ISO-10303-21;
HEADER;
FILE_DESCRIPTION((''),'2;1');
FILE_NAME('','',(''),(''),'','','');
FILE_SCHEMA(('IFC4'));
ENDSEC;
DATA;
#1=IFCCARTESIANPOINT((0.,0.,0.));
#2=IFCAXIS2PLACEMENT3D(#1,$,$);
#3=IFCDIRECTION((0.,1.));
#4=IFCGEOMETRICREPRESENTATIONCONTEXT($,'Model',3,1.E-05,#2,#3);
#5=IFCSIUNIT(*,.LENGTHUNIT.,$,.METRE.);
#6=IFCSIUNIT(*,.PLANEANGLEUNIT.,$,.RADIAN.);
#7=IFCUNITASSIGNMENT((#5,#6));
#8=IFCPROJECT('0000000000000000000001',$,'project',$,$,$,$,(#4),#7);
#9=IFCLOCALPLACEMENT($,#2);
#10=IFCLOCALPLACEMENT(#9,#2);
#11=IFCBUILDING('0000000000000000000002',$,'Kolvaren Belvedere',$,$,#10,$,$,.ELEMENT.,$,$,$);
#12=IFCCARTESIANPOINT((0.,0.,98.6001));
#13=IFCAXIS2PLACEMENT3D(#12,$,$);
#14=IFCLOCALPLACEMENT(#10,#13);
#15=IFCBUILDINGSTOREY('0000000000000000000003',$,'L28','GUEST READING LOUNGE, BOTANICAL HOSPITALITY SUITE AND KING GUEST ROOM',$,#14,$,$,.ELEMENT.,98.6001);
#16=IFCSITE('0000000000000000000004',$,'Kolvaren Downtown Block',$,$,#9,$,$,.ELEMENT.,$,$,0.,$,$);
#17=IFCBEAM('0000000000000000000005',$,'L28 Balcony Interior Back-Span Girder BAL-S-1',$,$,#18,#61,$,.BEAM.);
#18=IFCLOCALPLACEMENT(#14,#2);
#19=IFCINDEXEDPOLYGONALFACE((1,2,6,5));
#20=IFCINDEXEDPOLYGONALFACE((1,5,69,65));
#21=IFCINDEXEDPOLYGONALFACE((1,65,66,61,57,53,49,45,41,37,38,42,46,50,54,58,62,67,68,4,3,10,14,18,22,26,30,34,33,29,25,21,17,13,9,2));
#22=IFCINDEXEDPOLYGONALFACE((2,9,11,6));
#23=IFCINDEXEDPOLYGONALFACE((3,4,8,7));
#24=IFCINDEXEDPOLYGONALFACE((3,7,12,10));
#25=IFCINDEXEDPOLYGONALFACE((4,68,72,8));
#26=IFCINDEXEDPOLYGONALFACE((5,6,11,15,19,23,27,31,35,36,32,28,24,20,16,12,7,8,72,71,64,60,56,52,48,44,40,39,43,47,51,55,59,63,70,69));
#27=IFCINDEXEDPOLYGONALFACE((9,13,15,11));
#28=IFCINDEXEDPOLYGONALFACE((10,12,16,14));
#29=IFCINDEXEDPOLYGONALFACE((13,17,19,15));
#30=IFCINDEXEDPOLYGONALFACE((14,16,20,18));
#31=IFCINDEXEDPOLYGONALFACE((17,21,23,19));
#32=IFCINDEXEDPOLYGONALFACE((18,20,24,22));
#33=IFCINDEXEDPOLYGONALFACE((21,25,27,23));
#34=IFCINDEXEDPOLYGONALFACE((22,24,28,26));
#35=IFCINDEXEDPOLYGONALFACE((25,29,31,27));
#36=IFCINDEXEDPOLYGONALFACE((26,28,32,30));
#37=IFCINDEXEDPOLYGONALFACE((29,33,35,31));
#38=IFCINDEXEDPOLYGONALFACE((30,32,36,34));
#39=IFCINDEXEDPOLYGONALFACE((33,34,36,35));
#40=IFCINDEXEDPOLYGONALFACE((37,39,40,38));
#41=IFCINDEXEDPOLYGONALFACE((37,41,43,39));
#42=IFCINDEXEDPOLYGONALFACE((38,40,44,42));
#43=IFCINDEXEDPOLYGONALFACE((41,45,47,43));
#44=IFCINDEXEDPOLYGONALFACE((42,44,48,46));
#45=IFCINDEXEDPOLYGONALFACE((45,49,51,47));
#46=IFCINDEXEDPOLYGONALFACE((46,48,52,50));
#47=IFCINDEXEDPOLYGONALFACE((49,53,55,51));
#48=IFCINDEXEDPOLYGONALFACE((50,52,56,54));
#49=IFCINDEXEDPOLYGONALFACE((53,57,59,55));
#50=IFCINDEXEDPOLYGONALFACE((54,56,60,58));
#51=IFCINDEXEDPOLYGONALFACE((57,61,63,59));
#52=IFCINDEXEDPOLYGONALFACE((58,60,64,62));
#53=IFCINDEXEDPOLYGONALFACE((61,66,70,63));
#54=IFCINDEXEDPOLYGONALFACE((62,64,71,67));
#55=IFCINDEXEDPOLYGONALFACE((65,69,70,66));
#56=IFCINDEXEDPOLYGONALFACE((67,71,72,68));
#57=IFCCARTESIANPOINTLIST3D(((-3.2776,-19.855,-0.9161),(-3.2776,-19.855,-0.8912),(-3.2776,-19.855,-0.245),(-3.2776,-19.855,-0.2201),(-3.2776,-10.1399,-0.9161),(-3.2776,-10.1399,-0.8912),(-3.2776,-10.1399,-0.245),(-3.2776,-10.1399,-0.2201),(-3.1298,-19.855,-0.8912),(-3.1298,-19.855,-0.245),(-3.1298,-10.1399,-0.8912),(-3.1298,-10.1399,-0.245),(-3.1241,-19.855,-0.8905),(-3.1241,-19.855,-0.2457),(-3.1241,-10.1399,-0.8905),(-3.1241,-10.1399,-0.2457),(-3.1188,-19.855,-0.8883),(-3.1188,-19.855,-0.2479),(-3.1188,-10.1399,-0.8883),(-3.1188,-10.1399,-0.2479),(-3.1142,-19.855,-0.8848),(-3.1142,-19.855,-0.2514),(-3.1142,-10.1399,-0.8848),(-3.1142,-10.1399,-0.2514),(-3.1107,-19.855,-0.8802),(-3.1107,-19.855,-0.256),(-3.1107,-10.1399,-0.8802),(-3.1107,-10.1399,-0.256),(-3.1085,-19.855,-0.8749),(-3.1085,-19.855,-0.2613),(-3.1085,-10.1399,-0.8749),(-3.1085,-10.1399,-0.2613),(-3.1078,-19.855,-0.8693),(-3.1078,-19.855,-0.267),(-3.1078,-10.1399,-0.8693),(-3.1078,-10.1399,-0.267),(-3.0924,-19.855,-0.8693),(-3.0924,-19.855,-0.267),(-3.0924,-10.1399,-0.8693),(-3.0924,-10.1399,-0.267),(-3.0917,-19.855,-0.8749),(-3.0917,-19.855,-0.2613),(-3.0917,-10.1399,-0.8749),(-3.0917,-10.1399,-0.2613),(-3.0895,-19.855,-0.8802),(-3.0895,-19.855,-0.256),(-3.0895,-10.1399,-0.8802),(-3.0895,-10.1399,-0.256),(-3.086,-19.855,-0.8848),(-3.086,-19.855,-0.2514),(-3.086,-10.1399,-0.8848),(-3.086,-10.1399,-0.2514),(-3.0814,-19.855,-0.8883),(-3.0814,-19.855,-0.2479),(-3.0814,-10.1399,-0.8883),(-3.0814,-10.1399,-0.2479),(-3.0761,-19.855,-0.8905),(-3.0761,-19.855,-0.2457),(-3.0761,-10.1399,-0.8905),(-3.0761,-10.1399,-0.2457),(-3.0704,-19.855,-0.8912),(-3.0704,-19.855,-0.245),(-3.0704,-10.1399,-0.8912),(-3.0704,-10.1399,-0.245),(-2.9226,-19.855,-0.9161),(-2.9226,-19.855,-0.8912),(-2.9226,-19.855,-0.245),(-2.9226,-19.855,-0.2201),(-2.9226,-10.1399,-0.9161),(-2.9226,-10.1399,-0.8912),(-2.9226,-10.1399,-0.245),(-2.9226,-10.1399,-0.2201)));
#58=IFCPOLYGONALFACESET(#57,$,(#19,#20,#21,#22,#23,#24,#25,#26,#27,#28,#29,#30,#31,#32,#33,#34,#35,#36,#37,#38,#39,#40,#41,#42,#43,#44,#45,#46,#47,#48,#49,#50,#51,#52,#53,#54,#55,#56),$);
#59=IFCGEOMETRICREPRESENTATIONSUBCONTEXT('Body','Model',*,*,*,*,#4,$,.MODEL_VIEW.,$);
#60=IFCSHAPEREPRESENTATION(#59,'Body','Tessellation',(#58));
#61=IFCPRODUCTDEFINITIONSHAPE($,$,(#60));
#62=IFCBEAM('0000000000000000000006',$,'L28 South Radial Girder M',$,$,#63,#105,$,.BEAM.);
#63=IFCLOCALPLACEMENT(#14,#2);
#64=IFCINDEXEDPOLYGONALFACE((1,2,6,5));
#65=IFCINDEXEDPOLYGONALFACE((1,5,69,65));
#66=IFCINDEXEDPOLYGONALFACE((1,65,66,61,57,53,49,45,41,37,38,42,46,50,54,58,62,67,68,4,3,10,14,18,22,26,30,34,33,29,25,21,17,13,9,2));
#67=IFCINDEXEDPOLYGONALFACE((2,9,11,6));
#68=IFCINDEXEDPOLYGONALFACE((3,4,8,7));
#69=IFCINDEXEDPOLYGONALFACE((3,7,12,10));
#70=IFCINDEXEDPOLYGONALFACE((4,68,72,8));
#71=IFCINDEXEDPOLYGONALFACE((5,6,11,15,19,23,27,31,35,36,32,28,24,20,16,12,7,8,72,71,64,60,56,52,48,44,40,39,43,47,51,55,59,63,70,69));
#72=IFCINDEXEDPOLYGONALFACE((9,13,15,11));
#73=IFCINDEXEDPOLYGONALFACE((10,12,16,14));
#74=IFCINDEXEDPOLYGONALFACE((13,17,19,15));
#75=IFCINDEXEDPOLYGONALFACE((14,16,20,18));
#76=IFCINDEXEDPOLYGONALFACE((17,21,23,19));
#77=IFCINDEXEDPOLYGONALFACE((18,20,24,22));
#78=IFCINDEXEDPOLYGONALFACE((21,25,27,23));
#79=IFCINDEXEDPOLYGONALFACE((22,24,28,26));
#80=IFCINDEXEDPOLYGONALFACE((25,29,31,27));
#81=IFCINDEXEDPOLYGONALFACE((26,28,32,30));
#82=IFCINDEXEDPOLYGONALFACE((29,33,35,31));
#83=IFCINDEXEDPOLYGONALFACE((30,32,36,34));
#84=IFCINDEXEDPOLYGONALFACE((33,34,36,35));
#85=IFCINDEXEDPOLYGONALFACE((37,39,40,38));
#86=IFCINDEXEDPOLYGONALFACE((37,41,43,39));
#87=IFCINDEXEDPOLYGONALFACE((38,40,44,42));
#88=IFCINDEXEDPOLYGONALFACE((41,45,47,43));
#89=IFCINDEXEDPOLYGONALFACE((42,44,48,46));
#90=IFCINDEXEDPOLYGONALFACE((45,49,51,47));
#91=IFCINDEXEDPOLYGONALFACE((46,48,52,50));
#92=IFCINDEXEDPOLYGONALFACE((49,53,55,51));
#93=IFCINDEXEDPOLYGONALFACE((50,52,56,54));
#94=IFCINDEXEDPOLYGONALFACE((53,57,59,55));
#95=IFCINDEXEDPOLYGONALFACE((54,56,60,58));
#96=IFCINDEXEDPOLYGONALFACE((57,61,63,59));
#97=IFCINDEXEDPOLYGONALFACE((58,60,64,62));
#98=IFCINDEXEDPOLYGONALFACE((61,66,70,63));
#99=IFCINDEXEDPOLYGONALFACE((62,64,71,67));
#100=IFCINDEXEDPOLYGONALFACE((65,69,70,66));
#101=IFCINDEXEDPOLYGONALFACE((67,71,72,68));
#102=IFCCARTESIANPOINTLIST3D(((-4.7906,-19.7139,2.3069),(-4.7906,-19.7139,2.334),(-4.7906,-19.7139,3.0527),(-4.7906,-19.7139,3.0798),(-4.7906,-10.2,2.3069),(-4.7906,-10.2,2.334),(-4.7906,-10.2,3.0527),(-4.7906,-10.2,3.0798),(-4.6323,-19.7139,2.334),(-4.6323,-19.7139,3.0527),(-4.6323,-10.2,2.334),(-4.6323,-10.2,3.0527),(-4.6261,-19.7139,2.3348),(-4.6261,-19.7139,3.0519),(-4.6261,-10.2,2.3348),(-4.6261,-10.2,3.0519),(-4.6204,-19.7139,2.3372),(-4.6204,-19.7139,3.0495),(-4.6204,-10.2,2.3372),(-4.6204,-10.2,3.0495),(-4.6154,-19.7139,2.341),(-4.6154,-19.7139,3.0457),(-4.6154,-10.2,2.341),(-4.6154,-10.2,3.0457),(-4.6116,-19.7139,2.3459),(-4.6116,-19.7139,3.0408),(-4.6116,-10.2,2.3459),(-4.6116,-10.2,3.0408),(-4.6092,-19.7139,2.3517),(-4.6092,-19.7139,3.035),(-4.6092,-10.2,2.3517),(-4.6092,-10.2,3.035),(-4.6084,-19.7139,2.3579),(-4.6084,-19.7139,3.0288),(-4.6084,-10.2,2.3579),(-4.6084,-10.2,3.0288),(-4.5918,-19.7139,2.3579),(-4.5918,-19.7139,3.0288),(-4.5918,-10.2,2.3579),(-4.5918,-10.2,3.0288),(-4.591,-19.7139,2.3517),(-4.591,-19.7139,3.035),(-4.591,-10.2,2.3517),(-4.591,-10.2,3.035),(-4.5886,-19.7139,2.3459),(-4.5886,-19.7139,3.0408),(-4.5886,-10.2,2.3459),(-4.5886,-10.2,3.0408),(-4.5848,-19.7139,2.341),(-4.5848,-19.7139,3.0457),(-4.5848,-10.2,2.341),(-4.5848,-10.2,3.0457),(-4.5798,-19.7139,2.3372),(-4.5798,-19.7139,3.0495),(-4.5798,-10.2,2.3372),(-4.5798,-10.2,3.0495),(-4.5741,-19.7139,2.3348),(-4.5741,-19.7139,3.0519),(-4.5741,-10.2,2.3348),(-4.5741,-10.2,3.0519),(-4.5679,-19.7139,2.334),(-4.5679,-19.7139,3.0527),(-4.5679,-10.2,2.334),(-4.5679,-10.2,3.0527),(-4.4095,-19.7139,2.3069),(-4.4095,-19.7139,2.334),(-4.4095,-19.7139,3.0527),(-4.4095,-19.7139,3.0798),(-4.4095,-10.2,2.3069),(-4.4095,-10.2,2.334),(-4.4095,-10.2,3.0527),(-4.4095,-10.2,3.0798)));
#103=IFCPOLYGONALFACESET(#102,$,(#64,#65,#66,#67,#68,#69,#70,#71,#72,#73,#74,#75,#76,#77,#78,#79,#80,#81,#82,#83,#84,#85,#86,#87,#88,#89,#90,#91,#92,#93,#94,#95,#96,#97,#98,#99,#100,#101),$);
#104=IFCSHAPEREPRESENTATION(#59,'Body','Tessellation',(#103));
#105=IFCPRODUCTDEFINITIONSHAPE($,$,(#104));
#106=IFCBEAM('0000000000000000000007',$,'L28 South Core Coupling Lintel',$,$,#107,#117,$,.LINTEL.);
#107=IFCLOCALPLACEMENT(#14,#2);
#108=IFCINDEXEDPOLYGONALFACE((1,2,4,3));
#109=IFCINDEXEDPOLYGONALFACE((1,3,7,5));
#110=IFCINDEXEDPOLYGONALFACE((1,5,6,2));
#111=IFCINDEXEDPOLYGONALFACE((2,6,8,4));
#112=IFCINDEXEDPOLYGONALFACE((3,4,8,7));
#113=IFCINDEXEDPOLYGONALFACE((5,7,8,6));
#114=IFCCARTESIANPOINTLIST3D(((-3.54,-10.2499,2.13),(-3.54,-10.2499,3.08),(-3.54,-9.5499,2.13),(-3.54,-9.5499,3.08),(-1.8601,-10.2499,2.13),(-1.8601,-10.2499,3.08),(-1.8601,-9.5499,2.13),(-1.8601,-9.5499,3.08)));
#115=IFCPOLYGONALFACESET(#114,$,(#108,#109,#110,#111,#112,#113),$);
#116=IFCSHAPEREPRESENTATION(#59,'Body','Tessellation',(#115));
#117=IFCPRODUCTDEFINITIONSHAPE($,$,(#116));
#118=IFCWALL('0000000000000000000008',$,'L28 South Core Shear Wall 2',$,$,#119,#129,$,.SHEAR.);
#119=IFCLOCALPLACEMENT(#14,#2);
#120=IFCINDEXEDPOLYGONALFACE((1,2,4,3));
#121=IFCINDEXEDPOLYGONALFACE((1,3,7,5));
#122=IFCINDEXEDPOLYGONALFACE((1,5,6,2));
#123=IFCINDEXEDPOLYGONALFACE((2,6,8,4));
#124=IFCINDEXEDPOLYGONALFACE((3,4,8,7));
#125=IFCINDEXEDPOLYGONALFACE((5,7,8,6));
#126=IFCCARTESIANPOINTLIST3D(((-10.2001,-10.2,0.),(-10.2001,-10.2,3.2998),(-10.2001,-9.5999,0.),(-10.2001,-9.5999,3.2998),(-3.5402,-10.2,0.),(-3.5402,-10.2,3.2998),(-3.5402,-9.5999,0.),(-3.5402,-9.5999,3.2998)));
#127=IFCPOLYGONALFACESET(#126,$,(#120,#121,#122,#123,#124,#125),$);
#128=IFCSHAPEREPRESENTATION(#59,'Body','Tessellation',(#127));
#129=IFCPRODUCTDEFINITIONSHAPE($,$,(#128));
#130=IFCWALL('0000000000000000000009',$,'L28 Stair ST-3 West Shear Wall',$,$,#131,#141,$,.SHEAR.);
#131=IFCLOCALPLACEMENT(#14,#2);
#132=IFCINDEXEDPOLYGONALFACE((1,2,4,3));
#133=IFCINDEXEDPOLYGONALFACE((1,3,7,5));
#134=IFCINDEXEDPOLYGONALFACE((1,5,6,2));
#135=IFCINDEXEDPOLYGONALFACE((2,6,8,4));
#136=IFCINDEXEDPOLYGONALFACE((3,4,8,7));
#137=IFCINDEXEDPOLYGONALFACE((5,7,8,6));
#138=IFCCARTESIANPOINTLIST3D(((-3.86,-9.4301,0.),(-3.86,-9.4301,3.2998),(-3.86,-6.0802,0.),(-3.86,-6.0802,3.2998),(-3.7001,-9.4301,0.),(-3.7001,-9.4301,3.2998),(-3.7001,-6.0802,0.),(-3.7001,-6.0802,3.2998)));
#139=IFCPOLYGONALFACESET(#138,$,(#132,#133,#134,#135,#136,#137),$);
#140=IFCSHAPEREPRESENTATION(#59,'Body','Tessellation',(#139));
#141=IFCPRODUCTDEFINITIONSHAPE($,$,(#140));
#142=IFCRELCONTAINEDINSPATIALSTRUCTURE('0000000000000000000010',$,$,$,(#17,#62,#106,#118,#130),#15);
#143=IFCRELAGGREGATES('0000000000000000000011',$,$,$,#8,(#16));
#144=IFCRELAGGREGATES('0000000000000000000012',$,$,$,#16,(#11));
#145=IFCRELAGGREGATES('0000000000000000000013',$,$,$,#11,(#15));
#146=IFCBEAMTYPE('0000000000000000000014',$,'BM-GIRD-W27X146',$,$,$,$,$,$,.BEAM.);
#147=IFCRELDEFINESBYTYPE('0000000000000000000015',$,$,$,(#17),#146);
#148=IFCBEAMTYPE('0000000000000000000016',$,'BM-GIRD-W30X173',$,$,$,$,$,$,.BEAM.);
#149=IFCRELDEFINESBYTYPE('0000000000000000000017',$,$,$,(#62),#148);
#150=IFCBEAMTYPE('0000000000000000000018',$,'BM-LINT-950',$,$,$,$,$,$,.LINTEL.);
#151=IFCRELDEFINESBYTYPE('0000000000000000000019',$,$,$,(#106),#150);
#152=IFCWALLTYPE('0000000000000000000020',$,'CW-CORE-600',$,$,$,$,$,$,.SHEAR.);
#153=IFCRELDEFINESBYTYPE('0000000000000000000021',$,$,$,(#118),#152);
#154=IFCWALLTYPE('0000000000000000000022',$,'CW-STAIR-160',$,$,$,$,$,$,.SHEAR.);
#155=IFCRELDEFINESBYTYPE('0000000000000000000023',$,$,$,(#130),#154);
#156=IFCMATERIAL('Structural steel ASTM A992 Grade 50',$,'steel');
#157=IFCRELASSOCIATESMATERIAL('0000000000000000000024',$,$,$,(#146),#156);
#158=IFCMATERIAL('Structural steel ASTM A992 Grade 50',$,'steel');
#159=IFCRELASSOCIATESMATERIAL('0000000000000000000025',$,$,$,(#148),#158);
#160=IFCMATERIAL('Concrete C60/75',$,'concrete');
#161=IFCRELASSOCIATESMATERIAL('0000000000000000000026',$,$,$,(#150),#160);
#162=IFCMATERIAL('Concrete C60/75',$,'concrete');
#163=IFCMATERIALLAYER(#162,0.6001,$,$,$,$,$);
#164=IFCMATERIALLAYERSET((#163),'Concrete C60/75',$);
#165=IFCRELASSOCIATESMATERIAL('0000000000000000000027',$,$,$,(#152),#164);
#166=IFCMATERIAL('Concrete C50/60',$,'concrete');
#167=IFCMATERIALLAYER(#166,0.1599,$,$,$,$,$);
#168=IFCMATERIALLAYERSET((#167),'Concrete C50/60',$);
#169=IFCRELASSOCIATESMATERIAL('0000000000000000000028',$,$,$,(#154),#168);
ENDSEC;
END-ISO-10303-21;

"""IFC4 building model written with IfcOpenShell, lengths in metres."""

from ifc_helpers import new_model, si_unit, direction, frame, frame_2d, origin, origin_2d, place, context, subcontext, project, spatial, rectangle, i_section, extrude, material, layer, layer_set, material_profile, profile_set, type_object, element, save


model = new_model("IFC4")

# Units and contexts
model_context = context("Model", 3, precision=1e-05, world=origin(), true_north=direction((0.0, 1.0)))
body_context = subcontext(model_context, "Body", "Model", "MODEL_VIEW")
ifc_project = project(units=[si_unit("LENGTHUNIT", "METRE"), si_unit("PLANEANGLEUNIT", "RADIAN")], contexts=[model_context])

# Site, building, storey
site_placement = place(None, origin())
site = spatial("IfcSite", under=ifc_project, at=site_placement, Name="Kolvaren Downtown Block", CompositionType="ELEMENT", RefElevation=0.0)
building_placement = place(site_placement, origin())
building = spatial("IfcBuilding", under=site, at=building_placement, Name="Kolvaren Belvedere", CompositionType="ELEMENT")
storey_placement = place(building_placement, frame((0.0, 0.0, 98.6001)))
storey = spatial("IfcBuildingStorey", under=building, at=storey_placement, Name="L28", Description="GUEST READING LOUNGE, BOTANICAL HOSPITALITY SUITE AND KING GUEST ROOM", CompositionType="ELEMENT", Elevation=98.6001)

# Beams
ifc_material_1 = material(Name="Structural steel ASTM A992 Grade 50", Category="steel")
ifc_material_profile_1 = material_profile(ifc_material_1, i_section(OverallWidth=0.355, OverallDepth=0.696, WebThickness=0.0154, FlangeThickness=0.0249, FilletRadius=0.022, at=origin_2d()), Name="W27X146")
ifc_profile_set_1 = profile_set([ifc_material_profile_1], Name="Structural steel ASTM A992 Grade 50")
beam_type_1 = type_object("IfcBeamType", Name="BM-GIRD-W27X146", PredefinedType="BEAM", material=ifc_profile_set_1)
beam_1_placement = place(storey_placement, frame((-3.1001, -10.1399, -0.5681), z_axis=(0.0, -1.0, 0.0), x_axis=(1.0, 0.0, 0.0)))
element("IfcBeam", 1, at=beam_1_placement, inside=storey, type_object=beam_type_1, Name="L28 Balcony Interior Back-Span Girder BAL-S-1", PredefinedType="BEAM", context=body_context, shape_type="SweptSolid", body=[
    extrude(i_section(OverallWidth=0.355, OverallDepth=0.696, WebThickness=0.0154, FlangeThickness=0.0249, FilletRadius=0.022, at=origin_2d()), origin(), (0.0, 0.0, 1.0), 9.7151),
])
ifc_material_2 = material(Name="Structural steel ASTM A992 Grade 50", Category="steel")
ifc_material_profile_2 = material_profile(ifc_material_2, i_section(OverallWidth=0.3811, OverallDepth=0.7729, WebThickness=0.0166, FlangeThickness=0.0271, FilletRadius=0.0239, at=origin_2d()), Name="W30X173")
ifc_profile_set_2 = profile_set([ifc_material_profile_2], Name="Structural steel ASTM A992 Grade 50")
beam_type_2 = type_object("IfcBeamType", Name="BM-GIRD-W30X173", PredefinedType="BEAM", material=ifc_profile_set_2)
beam_2_placement = place(storey_placement, frame((-4.6001, -10.2, 2.6934), z_axis=(0.0, -1.0, 0.0), x_axis=(1.0, 0.0, 0.0)))
element("IfcBeam", 2, at=beam_2_placement, inside=storey, type_object=beam_type_2, Name="L28 South Radial Girder M", PredefinedType="BEAM", context=body_context, shape_type="SweptSolid", body=[
    extrude(i_section(OverallWidth=0.3811, OverallDepth=0.7729, WebThickness=0.0166, FlangeThickness=0.0271, FilletRadius=0.0239, at=origin_2d()), origin(), (0.0, 0.0, 1.0), 9.5139),
])
ifc_material_3 = material(Name="Concrete C60/75", Category="concrete")
ifc_material_profile_3 = material_profile(ifc_material_3, rectangle(XDim=0.7, YDim=0.95, at=origin_2d()), Name="RC 700X950")
ifc_profile_set_3 = profile_set([ifc_material_profile_3], Name="Concrete C60/75")
beam_type_3 = type_object("IfcBeamType", Name="BM-LINT-950", PredefinedType="LINTEL", material=ifc_profile_set_3)
beam_3_placement = place(storey_placement, frame((-3.54, -9.8999, 2.605), z_axis=(1.0, 0.0, 0.0), x_axis=(0.0, 1.0, 0.0)))
element("IfcBeam", 3, at=beam_3_placement, inside=storey, type_object=beam_type_3, Name="L28 South Core Coupling Lintel", PredefinedType="LINTEL", context=body_context, shape_type="SweptSolid", body=[
    extrude(rectangle(XDim=0.7, YDim=0.95, at=origin_2d()), origin(), (0.0, 0.0, 1.0), 1.6799),
])

# Walls
ifc_material_4 = material(Name="Concrete C60/75", Category="concrete")
ifc_layer_1 = layer(ifc_material_4, 0.6001)
ifc_layer_set_1 = layer_set([ifc_layer_1], Name="Concrete C60/75")
wall_type_1 = type_object("IfcWallType", Name="CW-CORE-600", PredefinedType="SHEAR", material=ifc_layer_set_1)
wall_1_placement = place(storey_placement, frame((-3.54, -9.8999, 0.0), z_axis=(0.0, 0.0, 1.0), x_axis=(-1.0, 0.0, 0.0)))
element("IfcWall", 4, at=wall_1_placement, inside=storey, type_object=wall_type_1, Name="L28 South Core Shear Wall 2", PredefinedType="SHEAR", context=body_context, shape_type="SweptSolid", body=[
    extrude(rectangle(XDim=6.6599, YDim=0.6001, at=frame_2d((3.3301, 0.0))), origin(), (0.0, 0.0, 1.0), 3.2998),
])
ifc_material_5 = material(Name="Concrete C50/60", Category="concrete")
ifc_layer_2 = layer(ifc_material_5, 0.1599)
ifc_layer_set_2 = layer_set([ifc_layer_2], Name="Concrete C50/60")
wall_type_2 = type_object("IfcWallType", Name="CW-STAIR-160", PredefinedType="SHEAR", material=ifc_layer_set_2)
wall_2_placement = place(storey_placement, frame((-3.78, -9.4299, 0.0), z_axis=(0.0, 0.0, 1.0), x_axis=(0.0, 1.0, 0.0)))
element("IfcWall", 5, at=wall_2_placement, inside=storey, type_object=wall_type_2, Name="L28 Stair ST-3 West Shear Wall", PredefinedType="SHEAR", context=body_context, shape_type="SweptSolid", body=[
    extrude(rectangle(XDim=3.3499, YDim=0.1599, at=frame_2d((1.6748, 0.0))), origin(), (0.0, 0.0, 1.0), 3.2998),
])

save(model, "model.ifc")
